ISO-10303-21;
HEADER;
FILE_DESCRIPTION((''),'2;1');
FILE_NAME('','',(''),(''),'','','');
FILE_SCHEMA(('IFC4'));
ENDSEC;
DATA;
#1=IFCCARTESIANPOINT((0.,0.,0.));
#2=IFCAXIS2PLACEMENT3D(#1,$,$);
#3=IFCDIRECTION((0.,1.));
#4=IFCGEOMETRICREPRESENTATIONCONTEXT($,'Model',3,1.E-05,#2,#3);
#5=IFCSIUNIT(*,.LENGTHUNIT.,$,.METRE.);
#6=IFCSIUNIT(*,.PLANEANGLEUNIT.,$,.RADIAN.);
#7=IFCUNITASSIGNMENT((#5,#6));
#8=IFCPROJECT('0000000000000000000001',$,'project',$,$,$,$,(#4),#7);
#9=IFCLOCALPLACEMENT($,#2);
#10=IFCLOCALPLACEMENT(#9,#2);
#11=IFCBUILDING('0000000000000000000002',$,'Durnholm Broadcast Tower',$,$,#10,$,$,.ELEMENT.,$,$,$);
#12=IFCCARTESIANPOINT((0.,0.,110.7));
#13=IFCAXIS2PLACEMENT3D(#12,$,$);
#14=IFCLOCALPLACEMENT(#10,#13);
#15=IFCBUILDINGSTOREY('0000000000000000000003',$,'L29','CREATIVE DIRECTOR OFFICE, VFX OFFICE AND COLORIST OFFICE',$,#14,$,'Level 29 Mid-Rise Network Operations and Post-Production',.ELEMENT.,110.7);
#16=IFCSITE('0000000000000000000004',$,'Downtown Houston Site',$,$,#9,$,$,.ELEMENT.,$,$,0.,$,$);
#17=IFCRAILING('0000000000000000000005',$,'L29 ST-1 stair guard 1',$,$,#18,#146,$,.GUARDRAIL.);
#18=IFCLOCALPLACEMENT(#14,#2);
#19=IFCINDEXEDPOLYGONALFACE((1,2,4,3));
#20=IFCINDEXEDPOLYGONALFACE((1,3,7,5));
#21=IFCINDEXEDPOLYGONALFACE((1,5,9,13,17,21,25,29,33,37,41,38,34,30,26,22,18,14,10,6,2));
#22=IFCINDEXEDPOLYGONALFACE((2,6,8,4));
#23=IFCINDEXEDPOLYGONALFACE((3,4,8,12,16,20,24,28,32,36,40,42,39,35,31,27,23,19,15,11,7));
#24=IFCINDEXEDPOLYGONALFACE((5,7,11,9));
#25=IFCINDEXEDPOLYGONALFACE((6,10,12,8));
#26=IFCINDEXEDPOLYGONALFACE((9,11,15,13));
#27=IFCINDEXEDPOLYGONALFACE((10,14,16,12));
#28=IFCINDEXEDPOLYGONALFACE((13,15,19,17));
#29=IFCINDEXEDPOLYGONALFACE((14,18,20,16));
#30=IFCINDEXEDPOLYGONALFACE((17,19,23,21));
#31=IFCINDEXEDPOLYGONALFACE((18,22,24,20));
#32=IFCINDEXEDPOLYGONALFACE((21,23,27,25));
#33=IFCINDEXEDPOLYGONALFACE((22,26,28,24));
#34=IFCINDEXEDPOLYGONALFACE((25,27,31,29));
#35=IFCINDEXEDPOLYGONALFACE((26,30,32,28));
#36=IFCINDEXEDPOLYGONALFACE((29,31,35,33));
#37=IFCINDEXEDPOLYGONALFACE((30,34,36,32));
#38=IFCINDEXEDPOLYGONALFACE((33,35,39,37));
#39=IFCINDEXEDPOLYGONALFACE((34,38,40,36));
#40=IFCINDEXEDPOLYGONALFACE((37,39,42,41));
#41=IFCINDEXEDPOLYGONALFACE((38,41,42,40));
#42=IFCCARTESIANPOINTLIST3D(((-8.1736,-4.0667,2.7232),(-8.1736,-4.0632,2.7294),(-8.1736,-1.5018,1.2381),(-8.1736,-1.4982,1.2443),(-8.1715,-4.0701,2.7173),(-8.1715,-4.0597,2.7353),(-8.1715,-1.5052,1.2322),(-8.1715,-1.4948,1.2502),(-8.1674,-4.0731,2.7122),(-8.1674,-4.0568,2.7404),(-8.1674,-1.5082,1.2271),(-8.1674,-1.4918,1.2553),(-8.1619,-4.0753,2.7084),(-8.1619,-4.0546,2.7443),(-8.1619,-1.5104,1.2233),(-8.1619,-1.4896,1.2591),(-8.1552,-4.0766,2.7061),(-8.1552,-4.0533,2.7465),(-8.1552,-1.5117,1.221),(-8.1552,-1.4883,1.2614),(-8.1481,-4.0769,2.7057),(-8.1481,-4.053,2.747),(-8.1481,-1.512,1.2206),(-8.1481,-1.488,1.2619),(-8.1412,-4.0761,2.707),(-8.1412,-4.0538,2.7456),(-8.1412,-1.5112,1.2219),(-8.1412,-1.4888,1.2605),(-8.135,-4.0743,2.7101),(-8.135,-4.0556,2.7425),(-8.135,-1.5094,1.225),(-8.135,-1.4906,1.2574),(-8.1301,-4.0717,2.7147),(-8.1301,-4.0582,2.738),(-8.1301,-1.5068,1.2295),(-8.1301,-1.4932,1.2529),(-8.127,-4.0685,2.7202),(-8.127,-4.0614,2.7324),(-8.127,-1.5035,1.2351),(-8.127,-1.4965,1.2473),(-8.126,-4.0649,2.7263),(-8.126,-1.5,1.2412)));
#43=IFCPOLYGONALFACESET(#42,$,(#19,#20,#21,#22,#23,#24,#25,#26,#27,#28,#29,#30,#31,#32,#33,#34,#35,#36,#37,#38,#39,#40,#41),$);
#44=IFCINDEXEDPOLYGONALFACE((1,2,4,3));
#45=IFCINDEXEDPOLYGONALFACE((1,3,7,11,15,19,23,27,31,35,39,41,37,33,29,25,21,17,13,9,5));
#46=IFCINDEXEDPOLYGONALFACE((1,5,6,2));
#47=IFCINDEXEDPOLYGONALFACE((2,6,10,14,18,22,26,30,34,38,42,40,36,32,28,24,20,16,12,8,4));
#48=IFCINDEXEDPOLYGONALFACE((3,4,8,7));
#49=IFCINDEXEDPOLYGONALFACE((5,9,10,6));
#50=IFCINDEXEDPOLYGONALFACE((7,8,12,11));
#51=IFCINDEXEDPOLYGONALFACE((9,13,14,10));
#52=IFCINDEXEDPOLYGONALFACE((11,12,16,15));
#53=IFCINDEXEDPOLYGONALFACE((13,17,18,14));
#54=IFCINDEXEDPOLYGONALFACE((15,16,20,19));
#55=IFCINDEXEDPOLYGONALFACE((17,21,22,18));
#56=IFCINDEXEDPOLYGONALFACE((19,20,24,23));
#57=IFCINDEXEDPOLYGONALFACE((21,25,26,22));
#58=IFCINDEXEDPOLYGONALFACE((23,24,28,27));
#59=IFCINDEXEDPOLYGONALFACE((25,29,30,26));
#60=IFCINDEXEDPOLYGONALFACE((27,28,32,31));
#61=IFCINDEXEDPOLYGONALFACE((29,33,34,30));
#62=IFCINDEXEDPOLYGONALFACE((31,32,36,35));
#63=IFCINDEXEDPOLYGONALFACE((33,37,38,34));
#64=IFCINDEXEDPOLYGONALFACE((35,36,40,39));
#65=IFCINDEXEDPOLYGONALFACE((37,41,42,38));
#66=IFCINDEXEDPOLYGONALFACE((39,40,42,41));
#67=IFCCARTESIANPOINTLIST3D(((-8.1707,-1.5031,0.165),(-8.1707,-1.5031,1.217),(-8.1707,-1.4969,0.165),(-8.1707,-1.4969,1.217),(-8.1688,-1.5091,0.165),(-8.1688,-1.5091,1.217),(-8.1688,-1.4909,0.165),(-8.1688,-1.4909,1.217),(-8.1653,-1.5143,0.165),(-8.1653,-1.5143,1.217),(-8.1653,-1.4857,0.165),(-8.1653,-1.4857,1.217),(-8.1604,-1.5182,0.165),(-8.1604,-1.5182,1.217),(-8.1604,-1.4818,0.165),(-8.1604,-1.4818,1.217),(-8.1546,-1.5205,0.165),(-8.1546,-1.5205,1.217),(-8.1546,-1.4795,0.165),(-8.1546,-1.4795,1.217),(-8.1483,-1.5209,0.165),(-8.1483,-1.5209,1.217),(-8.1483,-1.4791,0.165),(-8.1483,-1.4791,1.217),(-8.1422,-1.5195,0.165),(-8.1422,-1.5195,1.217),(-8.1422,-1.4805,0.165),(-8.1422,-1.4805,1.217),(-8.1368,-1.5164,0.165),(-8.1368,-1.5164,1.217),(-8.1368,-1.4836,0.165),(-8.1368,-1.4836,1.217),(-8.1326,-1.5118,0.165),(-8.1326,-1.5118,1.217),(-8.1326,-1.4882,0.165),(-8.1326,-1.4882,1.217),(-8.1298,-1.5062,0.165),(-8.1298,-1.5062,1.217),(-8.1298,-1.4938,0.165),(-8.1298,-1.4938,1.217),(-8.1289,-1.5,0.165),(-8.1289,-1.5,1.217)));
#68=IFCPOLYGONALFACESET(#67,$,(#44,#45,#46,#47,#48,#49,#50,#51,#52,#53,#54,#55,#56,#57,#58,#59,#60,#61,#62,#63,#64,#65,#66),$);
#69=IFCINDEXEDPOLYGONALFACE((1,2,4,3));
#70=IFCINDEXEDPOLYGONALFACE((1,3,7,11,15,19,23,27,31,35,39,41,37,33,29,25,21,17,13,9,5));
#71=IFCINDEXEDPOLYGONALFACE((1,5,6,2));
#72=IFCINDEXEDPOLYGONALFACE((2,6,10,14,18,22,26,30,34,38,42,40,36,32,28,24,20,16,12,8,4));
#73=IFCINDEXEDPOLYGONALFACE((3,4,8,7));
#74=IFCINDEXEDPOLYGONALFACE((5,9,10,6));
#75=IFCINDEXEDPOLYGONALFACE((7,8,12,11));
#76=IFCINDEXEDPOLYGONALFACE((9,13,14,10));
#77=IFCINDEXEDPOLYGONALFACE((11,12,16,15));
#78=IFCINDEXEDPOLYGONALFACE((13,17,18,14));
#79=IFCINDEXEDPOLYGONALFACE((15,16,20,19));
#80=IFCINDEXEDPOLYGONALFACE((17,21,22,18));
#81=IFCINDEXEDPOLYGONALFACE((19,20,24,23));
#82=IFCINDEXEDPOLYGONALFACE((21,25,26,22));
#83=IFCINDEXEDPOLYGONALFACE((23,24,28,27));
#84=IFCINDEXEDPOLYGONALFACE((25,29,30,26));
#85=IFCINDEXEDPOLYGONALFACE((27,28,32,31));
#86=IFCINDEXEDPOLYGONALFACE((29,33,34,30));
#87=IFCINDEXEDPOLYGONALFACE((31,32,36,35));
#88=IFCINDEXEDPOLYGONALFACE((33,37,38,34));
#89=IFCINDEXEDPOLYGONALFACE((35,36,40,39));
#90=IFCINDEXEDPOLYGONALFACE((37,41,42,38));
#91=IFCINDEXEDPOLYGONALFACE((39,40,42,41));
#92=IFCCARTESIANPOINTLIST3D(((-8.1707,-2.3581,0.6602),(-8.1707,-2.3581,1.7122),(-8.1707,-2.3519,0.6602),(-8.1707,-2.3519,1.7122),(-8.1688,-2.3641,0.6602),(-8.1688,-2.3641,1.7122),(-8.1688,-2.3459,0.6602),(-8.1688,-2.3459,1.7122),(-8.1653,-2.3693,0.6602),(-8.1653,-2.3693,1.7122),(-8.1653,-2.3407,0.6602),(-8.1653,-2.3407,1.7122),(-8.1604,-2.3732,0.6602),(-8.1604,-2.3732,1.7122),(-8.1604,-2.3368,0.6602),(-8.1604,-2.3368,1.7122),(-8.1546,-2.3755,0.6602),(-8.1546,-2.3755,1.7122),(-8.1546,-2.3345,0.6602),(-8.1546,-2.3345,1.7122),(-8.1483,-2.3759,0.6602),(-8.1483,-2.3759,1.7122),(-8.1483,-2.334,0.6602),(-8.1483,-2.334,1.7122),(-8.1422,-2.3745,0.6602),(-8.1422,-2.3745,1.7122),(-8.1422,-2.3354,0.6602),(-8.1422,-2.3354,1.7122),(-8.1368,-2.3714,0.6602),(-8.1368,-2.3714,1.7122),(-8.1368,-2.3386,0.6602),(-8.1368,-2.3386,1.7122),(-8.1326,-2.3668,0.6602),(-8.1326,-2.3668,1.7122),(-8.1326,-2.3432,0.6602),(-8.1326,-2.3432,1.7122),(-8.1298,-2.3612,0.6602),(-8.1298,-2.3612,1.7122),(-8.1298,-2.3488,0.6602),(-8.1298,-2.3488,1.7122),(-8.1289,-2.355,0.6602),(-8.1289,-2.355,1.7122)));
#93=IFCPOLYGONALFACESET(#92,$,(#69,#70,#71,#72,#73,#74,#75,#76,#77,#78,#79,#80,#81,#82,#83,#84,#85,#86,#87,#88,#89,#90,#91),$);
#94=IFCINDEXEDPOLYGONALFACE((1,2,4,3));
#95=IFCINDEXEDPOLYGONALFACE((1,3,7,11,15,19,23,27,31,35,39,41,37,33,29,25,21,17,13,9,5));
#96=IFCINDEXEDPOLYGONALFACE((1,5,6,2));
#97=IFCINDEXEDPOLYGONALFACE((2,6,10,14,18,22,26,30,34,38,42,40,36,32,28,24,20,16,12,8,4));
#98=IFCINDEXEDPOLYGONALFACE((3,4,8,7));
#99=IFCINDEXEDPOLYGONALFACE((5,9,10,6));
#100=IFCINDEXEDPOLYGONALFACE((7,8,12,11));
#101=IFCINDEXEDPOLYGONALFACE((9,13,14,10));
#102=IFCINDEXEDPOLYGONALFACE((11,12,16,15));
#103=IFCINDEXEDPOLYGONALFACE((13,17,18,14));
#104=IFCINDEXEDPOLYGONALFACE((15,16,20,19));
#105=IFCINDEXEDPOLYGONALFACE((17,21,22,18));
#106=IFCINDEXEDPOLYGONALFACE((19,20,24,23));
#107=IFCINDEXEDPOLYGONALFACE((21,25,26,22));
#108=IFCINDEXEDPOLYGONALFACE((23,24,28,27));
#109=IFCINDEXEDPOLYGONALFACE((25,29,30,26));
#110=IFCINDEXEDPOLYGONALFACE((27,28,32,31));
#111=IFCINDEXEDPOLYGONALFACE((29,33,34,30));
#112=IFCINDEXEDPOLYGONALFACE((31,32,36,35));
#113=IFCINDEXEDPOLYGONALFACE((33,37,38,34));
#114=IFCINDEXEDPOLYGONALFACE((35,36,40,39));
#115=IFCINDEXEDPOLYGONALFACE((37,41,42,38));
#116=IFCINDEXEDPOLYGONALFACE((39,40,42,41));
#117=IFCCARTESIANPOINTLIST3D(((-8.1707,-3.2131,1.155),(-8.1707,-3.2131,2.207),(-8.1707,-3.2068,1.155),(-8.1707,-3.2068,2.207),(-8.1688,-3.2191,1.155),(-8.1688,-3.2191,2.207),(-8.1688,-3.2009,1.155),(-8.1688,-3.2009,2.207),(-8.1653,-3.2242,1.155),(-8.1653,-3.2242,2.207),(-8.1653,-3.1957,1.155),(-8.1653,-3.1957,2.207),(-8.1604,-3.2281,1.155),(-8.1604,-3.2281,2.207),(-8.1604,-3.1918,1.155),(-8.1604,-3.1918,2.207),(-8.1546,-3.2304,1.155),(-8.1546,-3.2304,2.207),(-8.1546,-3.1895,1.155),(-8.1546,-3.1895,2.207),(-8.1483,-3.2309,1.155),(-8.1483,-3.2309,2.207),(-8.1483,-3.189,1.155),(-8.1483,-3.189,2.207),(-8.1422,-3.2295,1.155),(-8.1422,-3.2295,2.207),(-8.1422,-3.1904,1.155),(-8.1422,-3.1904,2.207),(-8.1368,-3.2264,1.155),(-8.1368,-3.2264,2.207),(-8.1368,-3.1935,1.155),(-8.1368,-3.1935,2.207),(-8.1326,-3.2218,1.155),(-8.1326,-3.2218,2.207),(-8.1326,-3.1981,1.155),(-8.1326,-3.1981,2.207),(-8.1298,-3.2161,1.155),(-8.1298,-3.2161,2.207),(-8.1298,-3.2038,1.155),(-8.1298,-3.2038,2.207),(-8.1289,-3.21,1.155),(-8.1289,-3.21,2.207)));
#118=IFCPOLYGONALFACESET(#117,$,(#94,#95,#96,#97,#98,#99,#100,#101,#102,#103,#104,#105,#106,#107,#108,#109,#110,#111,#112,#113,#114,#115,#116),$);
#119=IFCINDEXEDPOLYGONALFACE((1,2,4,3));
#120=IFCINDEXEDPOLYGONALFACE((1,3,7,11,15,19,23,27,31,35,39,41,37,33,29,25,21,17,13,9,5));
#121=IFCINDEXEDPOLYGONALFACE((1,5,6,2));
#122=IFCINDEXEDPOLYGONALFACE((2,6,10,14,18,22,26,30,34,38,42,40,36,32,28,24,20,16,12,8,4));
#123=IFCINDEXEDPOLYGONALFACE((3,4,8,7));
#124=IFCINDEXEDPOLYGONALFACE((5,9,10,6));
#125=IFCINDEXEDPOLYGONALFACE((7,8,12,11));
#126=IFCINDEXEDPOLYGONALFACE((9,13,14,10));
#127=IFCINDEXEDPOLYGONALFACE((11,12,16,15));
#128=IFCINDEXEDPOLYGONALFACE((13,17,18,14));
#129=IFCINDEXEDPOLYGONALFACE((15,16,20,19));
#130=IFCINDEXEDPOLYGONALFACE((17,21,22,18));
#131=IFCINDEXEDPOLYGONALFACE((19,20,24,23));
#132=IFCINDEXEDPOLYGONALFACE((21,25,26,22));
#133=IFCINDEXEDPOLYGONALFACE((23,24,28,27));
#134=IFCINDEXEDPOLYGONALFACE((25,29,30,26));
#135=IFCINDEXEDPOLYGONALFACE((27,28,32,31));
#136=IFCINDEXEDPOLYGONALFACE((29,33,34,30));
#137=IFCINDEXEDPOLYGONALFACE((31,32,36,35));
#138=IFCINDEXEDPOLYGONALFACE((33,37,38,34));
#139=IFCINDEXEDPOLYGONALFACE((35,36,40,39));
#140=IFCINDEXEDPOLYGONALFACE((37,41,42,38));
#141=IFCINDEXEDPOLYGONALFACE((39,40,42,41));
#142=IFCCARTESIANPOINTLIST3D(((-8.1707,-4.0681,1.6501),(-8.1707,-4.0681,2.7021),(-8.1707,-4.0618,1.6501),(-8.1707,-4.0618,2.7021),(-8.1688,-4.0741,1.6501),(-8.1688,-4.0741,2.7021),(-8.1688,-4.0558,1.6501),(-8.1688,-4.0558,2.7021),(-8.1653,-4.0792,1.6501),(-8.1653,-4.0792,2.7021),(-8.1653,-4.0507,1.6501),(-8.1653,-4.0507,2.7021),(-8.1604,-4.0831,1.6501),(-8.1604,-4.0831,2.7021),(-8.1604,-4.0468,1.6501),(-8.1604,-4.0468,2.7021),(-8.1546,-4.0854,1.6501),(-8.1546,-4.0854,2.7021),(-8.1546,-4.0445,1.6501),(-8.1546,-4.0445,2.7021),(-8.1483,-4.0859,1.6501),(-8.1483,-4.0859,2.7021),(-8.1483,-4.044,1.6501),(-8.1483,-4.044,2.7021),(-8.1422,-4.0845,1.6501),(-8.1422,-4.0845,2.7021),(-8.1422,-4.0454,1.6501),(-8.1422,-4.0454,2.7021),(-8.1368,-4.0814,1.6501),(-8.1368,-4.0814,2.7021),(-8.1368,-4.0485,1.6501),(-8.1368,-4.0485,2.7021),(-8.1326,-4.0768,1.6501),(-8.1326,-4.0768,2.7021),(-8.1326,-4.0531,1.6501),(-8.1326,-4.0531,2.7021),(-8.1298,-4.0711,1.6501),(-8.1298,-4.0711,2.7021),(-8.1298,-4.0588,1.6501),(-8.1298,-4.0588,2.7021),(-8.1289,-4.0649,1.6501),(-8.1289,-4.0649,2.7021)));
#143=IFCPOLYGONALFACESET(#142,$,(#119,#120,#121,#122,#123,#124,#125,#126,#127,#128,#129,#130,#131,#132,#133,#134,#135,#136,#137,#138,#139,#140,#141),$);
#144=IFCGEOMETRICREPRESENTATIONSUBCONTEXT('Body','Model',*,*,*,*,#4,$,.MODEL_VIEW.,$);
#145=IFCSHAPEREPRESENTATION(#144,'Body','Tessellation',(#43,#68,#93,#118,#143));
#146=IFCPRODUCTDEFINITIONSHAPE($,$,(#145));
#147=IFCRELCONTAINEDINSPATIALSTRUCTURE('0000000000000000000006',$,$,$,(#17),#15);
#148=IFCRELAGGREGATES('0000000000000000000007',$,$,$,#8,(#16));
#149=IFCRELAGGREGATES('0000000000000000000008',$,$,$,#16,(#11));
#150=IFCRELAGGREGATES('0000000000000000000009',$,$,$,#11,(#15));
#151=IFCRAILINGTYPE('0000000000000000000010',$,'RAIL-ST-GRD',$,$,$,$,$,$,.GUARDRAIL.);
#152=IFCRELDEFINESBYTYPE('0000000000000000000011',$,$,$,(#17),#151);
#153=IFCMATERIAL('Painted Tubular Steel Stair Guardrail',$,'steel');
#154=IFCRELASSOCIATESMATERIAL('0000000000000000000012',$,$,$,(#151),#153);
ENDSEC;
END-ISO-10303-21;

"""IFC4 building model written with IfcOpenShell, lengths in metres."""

from ifc_helpers import new_model, si_unit, direction, frame, origin, origin_2d, place, context, subcontext, project, spatial, circle, extrude, material, type_object, element, save


model = new_model("IFC4")

# Units and contexts
model_context = context("Model", 3, precision=1e-05, world=origin(), true_north=direction((0.0, 1.0)))
body_context = subcontext(model_context, "Body", "Model", "MODEL_VIEW")
ifc_project = project(units=[si_unit("LENGTHUNIT", "METRE"), si_unit("PLANEANGLEUNIT", "RADIAN")], contexts=[model_context])

# Site, building, storey
site_placement = place(None, origin())
site = spatial("IfcSite", under=ifc_project, at=site_placement, Name="Downtown Houston Site", CompositionType="ELEMENT", RefElevation=0.0)
building_placement = place(site_placement, origin())
building = spatial("IfcBuilding", under=site, at=building_placement, Name="Durnholm Broadcast Tower", CompositionType="ELEMENT")
storey_placement = place(building_placement, frame((0.0, 0.0, 110.7)))
storey = spatial("IfcBuildingStorey", under=building, at=storey_placement, Name="L29", Description="CREATIVE DIRECTOR OFFICE, VFX OFFICE AND COLORIST OFFICE", LongName="Level 29 Mid-Rise Network Operations and Post-Production", CompositionType="ELEMENT", Elevation=110.7)

# Railing
ifc_material_1 = material(Name="Painted Tubular Steel Stair Guardrail", Category="steel")
railing_type_1 = type_object("IfcRailingType", Name="RAIL-ST-GRD", PredefinedType="GUARDRAIL", material=ifc_material_1)
railing_1_placement = place(storey_placement, frame((-8.1499, -1.5, 0.165)))
element("IfcRailing", 1, at=railing_1_placement, inside=storey, type_object=railing_type_1, Name="L29 ST-1 stair guard 1", PredefinedType="GUARDRAIL", context=body_context, shape_type="SweptSolid", body=[
    extrude(circle(Radius=0.0239, at=origin_2d()), frame((0.0, 0.0, 1.0762), z_axis=(0.0, -0.865406, 0.501072), x_axis=(1.0, 0.0, 0.0)), (0.0, 0.0, 1.0), 2.9639),
    extrude(circle(Radius=0.021, at=origin_2d()), origin(), (0.0, 0.0, 1.0), 1.052),
    extrude(circle(Radius=0.021, at=origin_2d()), frame((0.0, -0.855, 0.4951)), (0.0, 0.0, 1.0), 1.052),
    extrude(circle(Radius=0.021, at=origin_2d()), frame((0.0, -1.71, 0.99)), (0.0, 0.0, 1.0), 1.052),
    extrude(circle(Radius=0.021, at=origin_2d()), frame((0.0, -2.5649, 1.4851)), (0.0, 0.0, 1.0), 1.052),
])

save(model, "model.ifc")
